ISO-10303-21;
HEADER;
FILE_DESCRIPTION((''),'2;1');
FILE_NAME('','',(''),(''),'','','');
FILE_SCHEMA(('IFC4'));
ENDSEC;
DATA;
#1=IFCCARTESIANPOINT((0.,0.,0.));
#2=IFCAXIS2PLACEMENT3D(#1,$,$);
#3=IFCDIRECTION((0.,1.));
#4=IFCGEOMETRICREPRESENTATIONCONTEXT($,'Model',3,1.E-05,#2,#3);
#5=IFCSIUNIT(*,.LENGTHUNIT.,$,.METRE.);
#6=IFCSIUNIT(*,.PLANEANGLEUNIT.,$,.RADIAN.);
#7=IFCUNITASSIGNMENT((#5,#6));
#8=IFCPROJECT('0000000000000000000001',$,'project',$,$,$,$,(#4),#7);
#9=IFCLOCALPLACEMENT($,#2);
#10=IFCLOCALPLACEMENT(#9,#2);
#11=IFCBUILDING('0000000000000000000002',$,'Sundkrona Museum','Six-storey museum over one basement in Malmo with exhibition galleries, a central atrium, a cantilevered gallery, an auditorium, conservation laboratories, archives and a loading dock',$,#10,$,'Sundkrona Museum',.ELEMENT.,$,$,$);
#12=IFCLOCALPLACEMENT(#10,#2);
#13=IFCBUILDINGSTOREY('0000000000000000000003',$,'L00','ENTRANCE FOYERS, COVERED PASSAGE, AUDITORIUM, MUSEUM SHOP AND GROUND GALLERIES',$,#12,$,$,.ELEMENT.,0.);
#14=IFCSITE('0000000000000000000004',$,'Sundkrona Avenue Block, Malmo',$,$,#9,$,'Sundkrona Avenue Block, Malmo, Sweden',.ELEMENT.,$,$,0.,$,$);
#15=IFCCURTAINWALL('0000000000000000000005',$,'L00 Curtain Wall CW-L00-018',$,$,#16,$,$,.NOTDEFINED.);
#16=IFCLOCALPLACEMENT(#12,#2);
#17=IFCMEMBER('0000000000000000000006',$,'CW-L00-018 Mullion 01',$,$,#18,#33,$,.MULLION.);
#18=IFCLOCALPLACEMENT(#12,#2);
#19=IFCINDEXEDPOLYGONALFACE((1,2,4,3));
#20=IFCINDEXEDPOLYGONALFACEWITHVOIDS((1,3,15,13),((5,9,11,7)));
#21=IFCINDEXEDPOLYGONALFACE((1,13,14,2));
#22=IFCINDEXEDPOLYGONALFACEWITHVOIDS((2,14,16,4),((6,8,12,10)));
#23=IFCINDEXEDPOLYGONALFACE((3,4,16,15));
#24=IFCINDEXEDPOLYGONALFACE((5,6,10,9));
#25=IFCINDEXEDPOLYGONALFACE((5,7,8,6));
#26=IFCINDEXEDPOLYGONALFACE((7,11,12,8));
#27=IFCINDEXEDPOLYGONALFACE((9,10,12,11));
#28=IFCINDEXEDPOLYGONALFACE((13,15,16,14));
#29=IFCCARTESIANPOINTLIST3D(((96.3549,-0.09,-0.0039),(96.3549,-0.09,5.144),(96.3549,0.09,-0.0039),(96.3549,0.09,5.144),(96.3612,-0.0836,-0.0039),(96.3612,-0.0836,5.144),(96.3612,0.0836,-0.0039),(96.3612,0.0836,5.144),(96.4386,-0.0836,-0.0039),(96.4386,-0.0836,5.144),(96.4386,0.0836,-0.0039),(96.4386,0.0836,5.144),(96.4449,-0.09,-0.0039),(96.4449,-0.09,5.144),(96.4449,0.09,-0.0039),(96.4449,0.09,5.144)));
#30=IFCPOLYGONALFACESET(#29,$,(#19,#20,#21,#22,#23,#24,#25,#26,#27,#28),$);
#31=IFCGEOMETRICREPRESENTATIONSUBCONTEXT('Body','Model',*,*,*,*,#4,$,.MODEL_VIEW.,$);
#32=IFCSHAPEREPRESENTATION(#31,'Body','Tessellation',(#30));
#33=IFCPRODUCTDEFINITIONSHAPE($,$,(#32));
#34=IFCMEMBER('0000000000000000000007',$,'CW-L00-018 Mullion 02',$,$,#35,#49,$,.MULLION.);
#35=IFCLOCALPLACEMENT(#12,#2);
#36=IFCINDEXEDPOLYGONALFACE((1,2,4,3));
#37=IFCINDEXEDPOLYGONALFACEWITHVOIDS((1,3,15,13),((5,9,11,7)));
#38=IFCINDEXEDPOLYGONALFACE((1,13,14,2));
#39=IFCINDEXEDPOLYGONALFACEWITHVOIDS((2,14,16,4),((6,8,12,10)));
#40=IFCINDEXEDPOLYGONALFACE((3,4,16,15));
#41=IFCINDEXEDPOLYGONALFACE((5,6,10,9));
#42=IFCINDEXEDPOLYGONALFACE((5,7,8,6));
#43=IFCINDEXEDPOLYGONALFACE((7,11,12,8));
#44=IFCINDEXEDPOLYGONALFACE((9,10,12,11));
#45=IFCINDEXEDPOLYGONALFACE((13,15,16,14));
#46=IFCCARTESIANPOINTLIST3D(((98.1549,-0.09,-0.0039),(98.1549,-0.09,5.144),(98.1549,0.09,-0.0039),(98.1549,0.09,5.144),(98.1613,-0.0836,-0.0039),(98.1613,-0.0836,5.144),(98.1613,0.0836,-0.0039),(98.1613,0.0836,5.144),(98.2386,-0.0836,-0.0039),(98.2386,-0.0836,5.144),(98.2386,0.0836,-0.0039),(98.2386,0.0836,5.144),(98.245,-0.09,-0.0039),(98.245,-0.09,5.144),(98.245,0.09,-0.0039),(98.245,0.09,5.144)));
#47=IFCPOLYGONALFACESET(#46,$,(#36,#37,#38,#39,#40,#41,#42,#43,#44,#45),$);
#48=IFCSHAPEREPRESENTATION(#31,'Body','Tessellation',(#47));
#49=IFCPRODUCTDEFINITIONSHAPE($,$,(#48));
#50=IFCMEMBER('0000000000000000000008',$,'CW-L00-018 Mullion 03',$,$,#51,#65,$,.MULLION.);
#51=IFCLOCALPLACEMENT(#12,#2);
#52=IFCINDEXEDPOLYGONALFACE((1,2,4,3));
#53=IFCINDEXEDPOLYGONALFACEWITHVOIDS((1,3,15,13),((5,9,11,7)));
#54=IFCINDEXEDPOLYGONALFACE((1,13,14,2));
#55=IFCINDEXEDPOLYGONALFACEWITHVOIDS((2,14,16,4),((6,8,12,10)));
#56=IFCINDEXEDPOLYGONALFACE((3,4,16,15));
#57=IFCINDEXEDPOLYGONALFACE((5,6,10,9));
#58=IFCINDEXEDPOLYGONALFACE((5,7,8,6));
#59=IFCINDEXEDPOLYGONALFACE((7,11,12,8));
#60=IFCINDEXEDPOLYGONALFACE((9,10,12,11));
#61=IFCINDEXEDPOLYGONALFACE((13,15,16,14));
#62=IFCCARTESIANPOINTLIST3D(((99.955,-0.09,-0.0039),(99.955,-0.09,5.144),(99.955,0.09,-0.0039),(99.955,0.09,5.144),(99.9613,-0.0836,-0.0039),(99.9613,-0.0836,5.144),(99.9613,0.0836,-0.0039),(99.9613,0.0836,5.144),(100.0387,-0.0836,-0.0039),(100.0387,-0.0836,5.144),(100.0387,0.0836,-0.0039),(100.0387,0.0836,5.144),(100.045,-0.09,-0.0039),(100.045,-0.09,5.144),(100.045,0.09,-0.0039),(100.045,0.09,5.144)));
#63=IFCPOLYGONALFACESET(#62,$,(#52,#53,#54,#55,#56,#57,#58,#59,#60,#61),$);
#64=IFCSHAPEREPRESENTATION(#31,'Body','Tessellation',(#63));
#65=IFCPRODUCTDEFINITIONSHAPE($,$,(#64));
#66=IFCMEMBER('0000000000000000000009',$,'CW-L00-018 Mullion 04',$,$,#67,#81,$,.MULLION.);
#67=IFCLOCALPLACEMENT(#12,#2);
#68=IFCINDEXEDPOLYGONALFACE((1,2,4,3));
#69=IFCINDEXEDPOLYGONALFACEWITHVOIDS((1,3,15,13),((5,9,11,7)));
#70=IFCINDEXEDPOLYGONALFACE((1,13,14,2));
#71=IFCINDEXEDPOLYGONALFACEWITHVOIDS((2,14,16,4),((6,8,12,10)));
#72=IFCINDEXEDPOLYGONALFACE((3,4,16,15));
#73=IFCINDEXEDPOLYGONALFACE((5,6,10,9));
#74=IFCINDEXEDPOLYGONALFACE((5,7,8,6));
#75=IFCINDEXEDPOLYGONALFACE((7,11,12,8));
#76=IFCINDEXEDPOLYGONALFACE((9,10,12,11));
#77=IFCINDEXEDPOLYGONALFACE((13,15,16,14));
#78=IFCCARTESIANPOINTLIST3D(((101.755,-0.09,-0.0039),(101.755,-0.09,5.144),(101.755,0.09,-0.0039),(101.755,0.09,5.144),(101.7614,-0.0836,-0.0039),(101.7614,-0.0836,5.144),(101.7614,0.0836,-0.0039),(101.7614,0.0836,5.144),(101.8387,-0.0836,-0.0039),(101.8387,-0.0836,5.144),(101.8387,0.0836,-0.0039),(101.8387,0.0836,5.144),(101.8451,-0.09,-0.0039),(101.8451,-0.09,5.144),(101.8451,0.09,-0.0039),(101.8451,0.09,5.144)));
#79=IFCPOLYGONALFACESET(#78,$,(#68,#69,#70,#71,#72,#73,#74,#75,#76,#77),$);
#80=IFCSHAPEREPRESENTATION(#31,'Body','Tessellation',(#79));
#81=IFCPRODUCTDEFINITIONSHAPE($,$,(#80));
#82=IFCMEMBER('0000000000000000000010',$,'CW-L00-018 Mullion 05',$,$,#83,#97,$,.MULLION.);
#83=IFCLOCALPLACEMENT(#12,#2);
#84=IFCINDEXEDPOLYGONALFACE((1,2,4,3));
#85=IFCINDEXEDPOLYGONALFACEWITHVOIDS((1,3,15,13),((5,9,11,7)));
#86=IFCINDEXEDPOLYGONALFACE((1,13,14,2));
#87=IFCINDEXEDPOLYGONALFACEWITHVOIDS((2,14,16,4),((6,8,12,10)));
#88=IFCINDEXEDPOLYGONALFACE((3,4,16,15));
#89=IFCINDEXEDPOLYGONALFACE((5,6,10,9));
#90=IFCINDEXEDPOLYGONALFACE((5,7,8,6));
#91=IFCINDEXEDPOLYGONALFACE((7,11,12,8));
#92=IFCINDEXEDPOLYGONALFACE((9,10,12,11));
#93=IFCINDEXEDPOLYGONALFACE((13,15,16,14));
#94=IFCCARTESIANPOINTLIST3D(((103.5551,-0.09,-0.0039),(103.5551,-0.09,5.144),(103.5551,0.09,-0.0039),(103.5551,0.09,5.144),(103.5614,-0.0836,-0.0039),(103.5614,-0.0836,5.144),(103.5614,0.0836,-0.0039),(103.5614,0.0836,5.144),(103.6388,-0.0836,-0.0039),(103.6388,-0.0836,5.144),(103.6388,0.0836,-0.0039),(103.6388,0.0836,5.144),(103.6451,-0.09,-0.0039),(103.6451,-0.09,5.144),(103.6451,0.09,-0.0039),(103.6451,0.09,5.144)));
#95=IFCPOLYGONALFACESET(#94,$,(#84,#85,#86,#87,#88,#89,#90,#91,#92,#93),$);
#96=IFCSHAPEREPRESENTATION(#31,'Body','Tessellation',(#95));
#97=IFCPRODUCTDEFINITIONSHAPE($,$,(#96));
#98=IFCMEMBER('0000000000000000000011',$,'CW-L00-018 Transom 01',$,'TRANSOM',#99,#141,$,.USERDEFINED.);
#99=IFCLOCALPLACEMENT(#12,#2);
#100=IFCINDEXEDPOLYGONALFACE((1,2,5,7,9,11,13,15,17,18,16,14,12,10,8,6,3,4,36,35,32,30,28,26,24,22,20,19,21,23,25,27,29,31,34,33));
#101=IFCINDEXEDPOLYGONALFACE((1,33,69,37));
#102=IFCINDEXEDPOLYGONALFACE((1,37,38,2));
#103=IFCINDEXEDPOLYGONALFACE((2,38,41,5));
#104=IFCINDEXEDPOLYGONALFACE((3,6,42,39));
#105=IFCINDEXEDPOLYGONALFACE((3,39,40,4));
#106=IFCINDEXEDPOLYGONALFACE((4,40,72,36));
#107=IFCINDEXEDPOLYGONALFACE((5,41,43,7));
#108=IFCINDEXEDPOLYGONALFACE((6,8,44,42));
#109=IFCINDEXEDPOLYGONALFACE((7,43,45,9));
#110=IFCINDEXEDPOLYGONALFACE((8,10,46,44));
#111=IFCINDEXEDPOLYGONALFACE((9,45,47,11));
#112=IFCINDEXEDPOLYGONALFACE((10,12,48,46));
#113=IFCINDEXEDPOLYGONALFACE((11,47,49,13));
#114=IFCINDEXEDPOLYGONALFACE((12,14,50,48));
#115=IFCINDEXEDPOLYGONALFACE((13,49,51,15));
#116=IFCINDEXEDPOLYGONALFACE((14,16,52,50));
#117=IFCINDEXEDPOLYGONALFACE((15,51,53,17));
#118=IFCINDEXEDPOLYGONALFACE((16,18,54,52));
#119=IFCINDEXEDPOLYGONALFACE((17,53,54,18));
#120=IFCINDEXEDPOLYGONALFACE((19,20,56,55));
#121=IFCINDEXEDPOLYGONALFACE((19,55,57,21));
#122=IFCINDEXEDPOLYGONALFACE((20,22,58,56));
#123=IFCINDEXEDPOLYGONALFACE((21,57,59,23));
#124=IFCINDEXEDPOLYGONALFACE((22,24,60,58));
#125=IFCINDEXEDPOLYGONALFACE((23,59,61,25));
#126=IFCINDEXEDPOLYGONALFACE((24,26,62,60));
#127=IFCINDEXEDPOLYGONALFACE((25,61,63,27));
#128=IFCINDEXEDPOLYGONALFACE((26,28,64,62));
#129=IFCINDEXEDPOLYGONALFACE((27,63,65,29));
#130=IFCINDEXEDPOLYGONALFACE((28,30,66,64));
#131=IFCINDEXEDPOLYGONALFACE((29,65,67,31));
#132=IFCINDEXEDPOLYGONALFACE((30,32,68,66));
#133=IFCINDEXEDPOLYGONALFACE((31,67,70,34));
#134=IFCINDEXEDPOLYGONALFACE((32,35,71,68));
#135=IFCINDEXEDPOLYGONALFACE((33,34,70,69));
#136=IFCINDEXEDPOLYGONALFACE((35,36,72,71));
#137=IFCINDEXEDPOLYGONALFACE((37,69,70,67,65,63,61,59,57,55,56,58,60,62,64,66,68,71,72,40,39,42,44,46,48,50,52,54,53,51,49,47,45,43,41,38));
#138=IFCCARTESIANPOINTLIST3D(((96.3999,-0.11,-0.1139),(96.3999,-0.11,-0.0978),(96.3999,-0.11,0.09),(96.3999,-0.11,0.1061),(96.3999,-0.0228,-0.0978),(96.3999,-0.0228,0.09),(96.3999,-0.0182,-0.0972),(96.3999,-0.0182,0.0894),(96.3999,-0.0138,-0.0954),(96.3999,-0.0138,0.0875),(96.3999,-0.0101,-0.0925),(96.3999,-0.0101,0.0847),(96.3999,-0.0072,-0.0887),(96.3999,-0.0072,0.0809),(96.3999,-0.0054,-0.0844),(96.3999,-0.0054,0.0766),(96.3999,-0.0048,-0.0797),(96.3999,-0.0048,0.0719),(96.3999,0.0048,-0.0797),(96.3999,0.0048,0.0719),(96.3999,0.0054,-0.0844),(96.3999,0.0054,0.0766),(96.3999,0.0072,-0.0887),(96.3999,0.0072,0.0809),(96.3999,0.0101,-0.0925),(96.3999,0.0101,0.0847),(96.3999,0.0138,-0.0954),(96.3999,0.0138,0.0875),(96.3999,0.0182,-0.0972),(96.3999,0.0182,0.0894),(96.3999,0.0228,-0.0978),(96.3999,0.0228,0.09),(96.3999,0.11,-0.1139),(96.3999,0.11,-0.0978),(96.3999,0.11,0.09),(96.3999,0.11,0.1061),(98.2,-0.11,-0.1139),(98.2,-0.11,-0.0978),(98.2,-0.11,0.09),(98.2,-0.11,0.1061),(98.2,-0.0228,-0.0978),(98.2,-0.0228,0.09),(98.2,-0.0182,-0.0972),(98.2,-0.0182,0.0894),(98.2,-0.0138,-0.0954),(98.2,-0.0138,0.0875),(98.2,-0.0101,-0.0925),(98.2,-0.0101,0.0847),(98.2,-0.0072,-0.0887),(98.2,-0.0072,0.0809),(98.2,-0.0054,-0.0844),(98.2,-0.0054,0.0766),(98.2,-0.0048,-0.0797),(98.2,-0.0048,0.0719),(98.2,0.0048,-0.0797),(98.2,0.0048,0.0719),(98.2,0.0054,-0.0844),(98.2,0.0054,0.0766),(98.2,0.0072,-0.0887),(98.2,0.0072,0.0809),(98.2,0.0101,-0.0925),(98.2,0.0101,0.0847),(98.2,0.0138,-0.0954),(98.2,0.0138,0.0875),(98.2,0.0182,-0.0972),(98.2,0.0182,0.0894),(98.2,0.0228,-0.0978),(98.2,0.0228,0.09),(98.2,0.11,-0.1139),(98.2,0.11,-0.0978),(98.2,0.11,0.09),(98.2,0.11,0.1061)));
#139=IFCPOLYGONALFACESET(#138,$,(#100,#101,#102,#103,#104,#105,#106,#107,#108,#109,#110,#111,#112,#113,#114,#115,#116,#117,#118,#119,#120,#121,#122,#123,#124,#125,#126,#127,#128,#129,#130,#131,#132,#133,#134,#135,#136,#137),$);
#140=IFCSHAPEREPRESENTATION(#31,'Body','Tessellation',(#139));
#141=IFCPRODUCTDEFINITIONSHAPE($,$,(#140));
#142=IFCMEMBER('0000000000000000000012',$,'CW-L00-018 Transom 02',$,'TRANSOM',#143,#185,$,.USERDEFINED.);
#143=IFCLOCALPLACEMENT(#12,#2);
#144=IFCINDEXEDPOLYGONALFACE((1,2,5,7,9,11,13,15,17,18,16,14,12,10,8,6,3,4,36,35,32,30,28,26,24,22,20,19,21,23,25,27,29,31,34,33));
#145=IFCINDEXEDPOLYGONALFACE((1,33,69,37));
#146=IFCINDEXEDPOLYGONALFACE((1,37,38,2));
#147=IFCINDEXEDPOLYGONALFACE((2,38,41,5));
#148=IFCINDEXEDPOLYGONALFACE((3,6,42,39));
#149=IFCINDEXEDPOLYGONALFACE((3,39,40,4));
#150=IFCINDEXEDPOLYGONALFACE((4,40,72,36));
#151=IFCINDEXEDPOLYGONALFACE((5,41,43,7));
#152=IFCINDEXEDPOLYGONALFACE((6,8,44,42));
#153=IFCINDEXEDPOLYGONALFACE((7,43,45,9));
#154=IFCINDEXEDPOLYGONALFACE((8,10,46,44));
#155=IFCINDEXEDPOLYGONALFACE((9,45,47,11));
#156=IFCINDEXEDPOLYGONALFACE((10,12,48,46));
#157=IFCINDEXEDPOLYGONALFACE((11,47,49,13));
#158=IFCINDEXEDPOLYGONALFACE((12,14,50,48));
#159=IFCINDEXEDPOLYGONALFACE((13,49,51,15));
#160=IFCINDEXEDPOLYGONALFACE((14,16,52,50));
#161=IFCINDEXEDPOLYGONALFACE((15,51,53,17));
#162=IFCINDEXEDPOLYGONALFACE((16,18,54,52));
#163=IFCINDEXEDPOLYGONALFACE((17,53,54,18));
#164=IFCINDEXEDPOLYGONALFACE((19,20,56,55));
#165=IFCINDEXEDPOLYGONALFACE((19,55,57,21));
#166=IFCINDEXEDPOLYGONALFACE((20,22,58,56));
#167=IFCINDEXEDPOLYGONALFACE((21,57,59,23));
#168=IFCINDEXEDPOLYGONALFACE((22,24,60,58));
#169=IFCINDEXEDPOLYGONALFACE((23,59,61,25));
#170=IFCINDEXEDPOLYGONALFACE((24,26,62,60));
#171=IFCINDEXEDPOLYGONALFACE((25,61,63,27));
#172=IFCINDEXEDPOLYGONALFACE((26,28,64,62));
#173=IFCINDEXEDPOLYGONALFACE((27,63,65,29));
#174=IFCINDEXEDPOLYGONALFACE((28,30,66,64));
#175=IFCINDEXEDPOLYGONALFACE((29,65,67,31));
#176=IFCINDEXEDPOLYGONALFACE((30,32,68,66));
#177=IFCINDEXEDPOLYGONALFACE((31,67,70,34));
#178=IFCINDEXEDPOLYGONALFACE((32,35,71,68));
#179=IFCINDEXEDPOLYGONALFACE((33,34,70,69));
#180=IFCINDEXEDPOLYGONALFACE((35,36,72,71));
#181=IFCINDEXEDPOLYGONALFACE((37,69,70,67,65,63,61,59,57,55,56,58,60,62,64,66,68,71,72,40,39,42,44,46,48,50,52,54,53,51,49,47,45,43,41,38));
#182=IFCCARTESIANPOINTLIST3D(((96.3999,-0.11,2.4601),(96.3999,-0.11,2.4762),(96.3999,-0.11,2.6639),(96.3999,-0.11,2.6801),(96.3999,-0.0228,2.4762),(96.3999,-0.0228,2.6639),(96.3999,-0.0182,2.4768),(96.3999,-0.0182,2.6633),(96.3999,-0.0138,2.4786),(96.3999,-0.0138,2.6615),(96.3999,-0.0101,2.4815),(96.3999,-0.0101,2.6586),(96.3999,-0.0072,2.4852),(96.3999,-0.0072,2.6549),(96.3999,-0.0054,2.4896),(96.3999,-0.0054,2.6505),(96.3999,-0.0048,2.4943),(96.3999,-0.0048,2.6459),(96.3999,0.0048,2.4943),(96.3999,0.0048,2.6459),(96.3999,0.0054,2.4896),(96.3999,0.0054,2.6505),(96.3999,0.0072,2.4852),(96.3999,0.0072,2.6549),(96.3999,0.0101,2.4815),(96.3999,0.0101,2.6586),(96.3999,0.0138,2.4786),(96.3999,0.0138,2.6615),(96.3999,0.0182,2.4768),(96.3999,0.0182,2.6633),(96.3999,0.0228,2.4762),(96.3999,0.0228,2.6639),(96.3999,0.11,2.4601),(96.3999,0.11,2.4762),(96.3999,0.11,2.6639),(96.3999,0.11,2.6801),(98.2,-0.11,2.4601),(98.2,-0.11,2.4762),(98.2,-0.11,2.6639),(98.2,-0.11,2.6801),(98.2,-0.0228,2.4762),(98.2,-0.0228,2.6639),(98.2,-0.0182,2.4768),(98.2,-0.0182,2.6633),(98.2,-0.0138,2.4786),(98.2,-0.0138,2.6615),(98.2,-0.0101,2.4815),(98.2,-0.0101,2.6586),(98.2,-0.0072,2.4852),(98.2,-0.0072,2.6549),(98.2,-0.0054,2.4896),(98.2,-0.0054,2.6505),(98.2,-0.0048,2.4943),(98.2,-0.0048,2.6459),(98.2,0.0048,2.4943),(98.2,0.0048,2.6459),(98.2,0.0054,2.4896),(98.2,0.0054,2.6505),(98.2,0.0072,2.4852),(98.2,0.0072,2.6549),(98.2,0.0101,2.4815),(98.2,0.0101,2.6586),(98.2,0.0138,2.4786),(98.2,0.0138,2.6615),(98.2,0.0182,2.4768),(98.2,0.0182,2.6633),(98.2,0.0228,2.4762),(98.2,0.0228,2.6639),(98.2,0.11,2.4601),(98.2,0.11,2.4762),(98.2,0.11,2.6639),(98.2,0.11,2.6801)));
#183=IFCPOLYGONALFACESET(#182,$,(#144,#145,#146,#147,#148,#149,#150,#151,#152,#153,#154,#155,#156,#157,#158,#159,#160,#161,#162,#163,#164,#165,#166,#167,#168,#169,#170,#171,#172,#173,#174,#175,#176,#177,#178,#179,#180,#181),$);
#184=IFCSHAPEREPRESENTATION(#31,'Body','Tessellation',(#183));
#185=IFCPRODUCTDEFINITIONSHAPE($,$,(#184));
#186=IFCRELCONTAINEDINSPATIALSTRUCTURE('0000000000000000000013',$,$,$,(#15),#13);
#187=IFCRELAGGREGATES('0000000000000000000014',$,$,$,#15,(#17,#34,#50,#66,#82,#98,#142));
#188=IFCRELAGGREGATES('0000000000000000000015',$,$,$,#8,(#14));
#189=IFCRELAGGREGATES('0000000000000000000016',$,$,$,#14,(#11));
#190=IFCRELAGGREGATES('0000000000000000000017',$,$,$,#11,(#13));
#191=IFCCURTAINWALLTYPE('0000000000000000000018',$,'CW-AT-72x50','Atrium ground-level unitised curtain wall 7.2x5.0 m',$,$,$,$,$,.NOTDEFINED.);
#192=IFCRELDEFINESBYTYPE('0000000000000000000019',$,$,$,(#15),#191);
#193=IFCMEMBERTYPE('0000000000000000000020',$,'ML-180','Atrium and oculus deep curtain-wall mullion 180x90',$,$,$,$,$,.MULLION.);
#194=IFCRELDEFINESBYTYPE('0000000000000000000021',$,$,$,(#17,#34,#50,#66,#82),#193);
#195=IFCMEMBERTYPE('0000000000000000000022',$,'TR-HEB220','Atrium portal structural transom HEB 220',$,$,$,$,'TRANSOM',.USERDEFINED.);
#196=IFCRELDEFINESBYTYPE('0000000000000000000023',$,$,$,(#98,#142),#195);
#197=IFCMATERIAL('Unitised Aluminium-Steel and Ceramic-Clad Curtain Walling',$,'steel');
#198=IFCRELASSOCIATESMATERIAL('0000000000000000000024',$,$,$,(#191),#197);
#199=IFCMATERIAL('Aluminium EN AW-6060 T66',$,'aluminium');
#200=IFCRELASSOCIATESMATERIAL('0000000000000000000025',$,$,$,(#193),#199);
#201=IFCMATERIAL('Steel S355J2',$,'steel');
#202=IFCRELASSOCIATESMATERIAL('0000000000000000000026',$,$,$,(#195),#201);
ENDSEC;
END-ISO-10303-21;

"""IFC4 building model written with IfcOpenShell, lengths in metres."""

from ifc_helpers import new_model, si_unit, direction, frame, origin, origin_2d, place, context, subcontext, project, spatial, hollow_rectangle, i_section, extrude, material, material_profile, profile_set, type_object, element, aggregate, save


model = new_model("IFC4")

# Units and contexts
model_context = context("Model", 3, precision=1e-05, world=origin(), true_north=direction((0.0, 1.0)))
body_context = subcontext(model_context, "Body", "Model", "MODEL_VIEW")
ifc_project = project(units=[si_unit("LENGTHUNIT", "METRE"), si_unit("PLANEANGLEUNIT", "RADIAN")], contexts=[model_context])

# Site, building, storey
site_placement = place(None, origin())
site = spatial("IfcSite", under=ifc_project, at=site_placement, Name="Sundkrona Avenue Block, Malmo", LongName="Sundkrona Avenue Block, Malmo, Sweden", CompositionType="ELEMENT", RefElevation=0.0)
building_placement = place(site_placement, origin())
building = spatial("IfcBuilding", under=site, at=building_placement, Name="Sundkrona Museum", Description="Six-storey museum over one basement in Malmo with exhibition galleries, a central atrium, a cantilevered gallery, an auditorium, conservation laboratories, archives and a loading dock", LongName="Sundkrona Museum", CompositionType="ELEMENT")
storey_placement = place(building_placement, origin())
storey = spatial("IfcBuildingStorey", under=building, at=storey_placement, Name="L00", Description="ENTRANCE FOYERS, COVERED PASSAGE, AUDITORIUM, MUSEUM SHOP AND GROUND GALLERIES", CompositionType="ELEMENT", Elevation=0.0)

# Curtain wall, members
ifc_material_1 = material(Name="Unitised Aluminium-Steel and Ceramic-Clad Curtain Walling", Category="steel")
curtain_wall_type = type_object("IfcCurtainWallType", Name="CW-AT-72x50", Description="Atrium ground-level unitised curtain wall 7.2x5.0 m", PredefinedType="NOTDEFINED", material=ifc_material_1)
curtain_wall_placement = place(storey_placement, origin())
curtain_wall = element("IfcCurtainWall", 1, at=curtain_wall_placement, inside=storey, type_object=curtain_wall_type, Name="L00 Curtain Wall CW-L00-018", PredefinedType="NOTDEFINED")
ifc_material_2 = material(Name="Aluminium EN AW-6060 T66", Category="aluminium")
ifc_material_profile_1 = material_profile(ifc_material_2, hollow_rectangle(XDim=0.0901, YDim=0.1799, WallThickness=0.0063, at=origin_2d()), Name="RHS 180x90x6.3")
ifc_profile_set_1 = profile_set([ifc_material_profile_1], Name="Aluminium EN AW-6060 T66")
member_type_1 = type_object("IfcMemberType", Name="ML-180", Description="Atrium and oculus deep curtain-wall mullion 180x90", PredefinedType="MULLION", material=ifc_profile_set_1)
member_1_placement = place(storey_placement, frame((96.3999, 0.0, -0.0039), z_axis=(0.0, 0.0, 1.0), x_axis=(1.0, 0.0, 0.0)))
member_1 = element("IfcMember", 2, at=member_1_placement, type_object=member_type_1, Name="CW-L00-018 Mullion 01", PredefinedType="MULLION", context=body_context, shape_type="SweptSolid", body=[
    extrude(hollow_rectangle(XDim=0.0901, YDim=0.1799, WallThickness=0.0063, at=origin_2d()), origin(), (0.0, 0.0, 1.0), 5.1479),
])
member_2_placement = place(storey_placement, frame((98.2, 0.0, -0.0039), z_axis=(0.0, 0.0, 1.0), x_axis=(1.0, 0.0, 0.0)))
member_2 = element("IfcMember", 3, at=member_2_placement, type_object=member_type_1, Name="CW-L00-018 Mullion 02", PredefinedType="MULLION", context=body_context, shape_type="SweptSolid", body=[
    extrude(hollow_rectangle(XDim=0.0901, YDim=0.1799, WallThickness=0.0063, at=origin_2d()), origin(), (0.0, 0.0, 1.0), 5.1479),
])
member_3_placement = place(storey_placement, frame((100.0, 0.0, -0.0039), z_axis=(0.0, 0.0, 1.0), x_axis=(1.0, 0.0, 0.0)))
member_3 = element("IfcMember", 4, at=member_3_placement, type_object=member_type_1, Name="CW-L00-018 Mullion 03", PredefinedType="MULLION", context=body_context, shape_type="SweptSolid", body=[
    extrude(hollow_rectangle(XDim=0.0901, YDim=0.1799, WallThickness=0.0063, at=origin_2d()), origin(), (0.0, 0.0, 1.0), 5.1479),
])
member_4_placement = place(storey_placement, frame((101.8, 0.0, -0.0039), z_axis=(0.0, 0.0, 1.0), x_axis=(1.0, 0.0, 0.0)))
member_4 = element("IfcMember", 5, at=member_4_placement, type_object=member_type_1, Name="CW-L00-018 Mullion 04", PredefinedType="MULLION", context=body_context, shape_type="SweptSolid", body=[
    extrude(hollow_rectangle(XDim=0.0901, YDim=0.1799, WallThickness=0.0063, at=origin_2d()), origin(), (0.0, 0.0, 1.0), 5.1479),
])
member_5_placement = place(storey_placement, frame((103.6001, 0.0, -0.0039), z_axis=(0.0, 0.0, 1.0), x_axis=(1.0, 0.0, 0.0)))
member_5 = element("IfcMember", 6, at=member_5_placement, type_object=member_type_1, Name="CW-L00-018 Mullion 05", PredefinedType="MULLION", context=body_context, shape_type="SweptSolid", body=[
    extrude(hollow_rectangle(XDim=0.0901, YDim=0.1799, WallThickness=0.0063, at=origin_2d()), origin(), (0.0, 0.0, 1.0), 5.1479),
])
ifc_material_3 = material(Name="Steel S355J2", Category="steel")
ifc_material_profile_2 = material_profile(ifc_material_3, i_section(OverallWidth=0.22, OverallDepth=0.22, WebThickness=0.0095, FlangeThickness=0.0161, FilletRadius=0.0181, at=origin_2d()), Name="HEB 220")
ifc_profile_set_2 = profile_set([ifc_material_profile_2], Name="Steel S355J2")
member_type_2 = type_object("IfcMemberType", Name="TR-HEB220", Description="Atrium portal structural transom HEB 220", ElementType="TRANSOM", PredefinedType="USERDEFINED", material=ifc_profile_set_2)
member_6_placement = place(storey_placement, frame((96.3999, 0.0, -0.0039), z_axis=(1.0, 0.0, 0.0), x_axis=(0.0, 1.0, 0.0)))
member_6 = element("IfcMember", 7, at=member_6_placement, type_object=member_type_2, Name="CW-L00-018 Transom 01", ObjectType="TRANSOM", PredefinedType="USERDEFINED", context=body_context, shape_type="SweptSolid", body=[
    extrude(i_section(OverallWidth=0.22, OverallDepth=0.22, WebThickness=0.0095, FlangeThickness=0.0161, FilletRadius=0.0181, at=origin_2d()), origin(), (0.0, 0.0, 1.0), 1.8),
])
member_7_placement = place(storey_placement, frame((96.3999, 0.0, 2.5701), z_axis=(1.0, 0.0, 0.0), x_axis=(0.0, 1.0, 0.0)))
member_7 = element("IfcMember", 8, at=member_7_placement, type_object=member_type_2, Name="CW-L00-018 Transom 02", ObjectType="TRANSOM", PredefinedType="USERDEFINED", context=body_context, shape_type="SweptSolid", body=[
    extrude(i_section(OverallWidth=0.22, OverallDepth=0.22, WebThickness=0.0095, FlangeThickness=0.0161, FilletRadius=0.0181, at=origin_2d()), origin(), (0.0, 0.0, 1.0), 1.8),
])
aggregate(curtain_wall, [member_1, member_2, member_3, member_4, member_5, member_6, member_7])

save(model, "model.ifc")
